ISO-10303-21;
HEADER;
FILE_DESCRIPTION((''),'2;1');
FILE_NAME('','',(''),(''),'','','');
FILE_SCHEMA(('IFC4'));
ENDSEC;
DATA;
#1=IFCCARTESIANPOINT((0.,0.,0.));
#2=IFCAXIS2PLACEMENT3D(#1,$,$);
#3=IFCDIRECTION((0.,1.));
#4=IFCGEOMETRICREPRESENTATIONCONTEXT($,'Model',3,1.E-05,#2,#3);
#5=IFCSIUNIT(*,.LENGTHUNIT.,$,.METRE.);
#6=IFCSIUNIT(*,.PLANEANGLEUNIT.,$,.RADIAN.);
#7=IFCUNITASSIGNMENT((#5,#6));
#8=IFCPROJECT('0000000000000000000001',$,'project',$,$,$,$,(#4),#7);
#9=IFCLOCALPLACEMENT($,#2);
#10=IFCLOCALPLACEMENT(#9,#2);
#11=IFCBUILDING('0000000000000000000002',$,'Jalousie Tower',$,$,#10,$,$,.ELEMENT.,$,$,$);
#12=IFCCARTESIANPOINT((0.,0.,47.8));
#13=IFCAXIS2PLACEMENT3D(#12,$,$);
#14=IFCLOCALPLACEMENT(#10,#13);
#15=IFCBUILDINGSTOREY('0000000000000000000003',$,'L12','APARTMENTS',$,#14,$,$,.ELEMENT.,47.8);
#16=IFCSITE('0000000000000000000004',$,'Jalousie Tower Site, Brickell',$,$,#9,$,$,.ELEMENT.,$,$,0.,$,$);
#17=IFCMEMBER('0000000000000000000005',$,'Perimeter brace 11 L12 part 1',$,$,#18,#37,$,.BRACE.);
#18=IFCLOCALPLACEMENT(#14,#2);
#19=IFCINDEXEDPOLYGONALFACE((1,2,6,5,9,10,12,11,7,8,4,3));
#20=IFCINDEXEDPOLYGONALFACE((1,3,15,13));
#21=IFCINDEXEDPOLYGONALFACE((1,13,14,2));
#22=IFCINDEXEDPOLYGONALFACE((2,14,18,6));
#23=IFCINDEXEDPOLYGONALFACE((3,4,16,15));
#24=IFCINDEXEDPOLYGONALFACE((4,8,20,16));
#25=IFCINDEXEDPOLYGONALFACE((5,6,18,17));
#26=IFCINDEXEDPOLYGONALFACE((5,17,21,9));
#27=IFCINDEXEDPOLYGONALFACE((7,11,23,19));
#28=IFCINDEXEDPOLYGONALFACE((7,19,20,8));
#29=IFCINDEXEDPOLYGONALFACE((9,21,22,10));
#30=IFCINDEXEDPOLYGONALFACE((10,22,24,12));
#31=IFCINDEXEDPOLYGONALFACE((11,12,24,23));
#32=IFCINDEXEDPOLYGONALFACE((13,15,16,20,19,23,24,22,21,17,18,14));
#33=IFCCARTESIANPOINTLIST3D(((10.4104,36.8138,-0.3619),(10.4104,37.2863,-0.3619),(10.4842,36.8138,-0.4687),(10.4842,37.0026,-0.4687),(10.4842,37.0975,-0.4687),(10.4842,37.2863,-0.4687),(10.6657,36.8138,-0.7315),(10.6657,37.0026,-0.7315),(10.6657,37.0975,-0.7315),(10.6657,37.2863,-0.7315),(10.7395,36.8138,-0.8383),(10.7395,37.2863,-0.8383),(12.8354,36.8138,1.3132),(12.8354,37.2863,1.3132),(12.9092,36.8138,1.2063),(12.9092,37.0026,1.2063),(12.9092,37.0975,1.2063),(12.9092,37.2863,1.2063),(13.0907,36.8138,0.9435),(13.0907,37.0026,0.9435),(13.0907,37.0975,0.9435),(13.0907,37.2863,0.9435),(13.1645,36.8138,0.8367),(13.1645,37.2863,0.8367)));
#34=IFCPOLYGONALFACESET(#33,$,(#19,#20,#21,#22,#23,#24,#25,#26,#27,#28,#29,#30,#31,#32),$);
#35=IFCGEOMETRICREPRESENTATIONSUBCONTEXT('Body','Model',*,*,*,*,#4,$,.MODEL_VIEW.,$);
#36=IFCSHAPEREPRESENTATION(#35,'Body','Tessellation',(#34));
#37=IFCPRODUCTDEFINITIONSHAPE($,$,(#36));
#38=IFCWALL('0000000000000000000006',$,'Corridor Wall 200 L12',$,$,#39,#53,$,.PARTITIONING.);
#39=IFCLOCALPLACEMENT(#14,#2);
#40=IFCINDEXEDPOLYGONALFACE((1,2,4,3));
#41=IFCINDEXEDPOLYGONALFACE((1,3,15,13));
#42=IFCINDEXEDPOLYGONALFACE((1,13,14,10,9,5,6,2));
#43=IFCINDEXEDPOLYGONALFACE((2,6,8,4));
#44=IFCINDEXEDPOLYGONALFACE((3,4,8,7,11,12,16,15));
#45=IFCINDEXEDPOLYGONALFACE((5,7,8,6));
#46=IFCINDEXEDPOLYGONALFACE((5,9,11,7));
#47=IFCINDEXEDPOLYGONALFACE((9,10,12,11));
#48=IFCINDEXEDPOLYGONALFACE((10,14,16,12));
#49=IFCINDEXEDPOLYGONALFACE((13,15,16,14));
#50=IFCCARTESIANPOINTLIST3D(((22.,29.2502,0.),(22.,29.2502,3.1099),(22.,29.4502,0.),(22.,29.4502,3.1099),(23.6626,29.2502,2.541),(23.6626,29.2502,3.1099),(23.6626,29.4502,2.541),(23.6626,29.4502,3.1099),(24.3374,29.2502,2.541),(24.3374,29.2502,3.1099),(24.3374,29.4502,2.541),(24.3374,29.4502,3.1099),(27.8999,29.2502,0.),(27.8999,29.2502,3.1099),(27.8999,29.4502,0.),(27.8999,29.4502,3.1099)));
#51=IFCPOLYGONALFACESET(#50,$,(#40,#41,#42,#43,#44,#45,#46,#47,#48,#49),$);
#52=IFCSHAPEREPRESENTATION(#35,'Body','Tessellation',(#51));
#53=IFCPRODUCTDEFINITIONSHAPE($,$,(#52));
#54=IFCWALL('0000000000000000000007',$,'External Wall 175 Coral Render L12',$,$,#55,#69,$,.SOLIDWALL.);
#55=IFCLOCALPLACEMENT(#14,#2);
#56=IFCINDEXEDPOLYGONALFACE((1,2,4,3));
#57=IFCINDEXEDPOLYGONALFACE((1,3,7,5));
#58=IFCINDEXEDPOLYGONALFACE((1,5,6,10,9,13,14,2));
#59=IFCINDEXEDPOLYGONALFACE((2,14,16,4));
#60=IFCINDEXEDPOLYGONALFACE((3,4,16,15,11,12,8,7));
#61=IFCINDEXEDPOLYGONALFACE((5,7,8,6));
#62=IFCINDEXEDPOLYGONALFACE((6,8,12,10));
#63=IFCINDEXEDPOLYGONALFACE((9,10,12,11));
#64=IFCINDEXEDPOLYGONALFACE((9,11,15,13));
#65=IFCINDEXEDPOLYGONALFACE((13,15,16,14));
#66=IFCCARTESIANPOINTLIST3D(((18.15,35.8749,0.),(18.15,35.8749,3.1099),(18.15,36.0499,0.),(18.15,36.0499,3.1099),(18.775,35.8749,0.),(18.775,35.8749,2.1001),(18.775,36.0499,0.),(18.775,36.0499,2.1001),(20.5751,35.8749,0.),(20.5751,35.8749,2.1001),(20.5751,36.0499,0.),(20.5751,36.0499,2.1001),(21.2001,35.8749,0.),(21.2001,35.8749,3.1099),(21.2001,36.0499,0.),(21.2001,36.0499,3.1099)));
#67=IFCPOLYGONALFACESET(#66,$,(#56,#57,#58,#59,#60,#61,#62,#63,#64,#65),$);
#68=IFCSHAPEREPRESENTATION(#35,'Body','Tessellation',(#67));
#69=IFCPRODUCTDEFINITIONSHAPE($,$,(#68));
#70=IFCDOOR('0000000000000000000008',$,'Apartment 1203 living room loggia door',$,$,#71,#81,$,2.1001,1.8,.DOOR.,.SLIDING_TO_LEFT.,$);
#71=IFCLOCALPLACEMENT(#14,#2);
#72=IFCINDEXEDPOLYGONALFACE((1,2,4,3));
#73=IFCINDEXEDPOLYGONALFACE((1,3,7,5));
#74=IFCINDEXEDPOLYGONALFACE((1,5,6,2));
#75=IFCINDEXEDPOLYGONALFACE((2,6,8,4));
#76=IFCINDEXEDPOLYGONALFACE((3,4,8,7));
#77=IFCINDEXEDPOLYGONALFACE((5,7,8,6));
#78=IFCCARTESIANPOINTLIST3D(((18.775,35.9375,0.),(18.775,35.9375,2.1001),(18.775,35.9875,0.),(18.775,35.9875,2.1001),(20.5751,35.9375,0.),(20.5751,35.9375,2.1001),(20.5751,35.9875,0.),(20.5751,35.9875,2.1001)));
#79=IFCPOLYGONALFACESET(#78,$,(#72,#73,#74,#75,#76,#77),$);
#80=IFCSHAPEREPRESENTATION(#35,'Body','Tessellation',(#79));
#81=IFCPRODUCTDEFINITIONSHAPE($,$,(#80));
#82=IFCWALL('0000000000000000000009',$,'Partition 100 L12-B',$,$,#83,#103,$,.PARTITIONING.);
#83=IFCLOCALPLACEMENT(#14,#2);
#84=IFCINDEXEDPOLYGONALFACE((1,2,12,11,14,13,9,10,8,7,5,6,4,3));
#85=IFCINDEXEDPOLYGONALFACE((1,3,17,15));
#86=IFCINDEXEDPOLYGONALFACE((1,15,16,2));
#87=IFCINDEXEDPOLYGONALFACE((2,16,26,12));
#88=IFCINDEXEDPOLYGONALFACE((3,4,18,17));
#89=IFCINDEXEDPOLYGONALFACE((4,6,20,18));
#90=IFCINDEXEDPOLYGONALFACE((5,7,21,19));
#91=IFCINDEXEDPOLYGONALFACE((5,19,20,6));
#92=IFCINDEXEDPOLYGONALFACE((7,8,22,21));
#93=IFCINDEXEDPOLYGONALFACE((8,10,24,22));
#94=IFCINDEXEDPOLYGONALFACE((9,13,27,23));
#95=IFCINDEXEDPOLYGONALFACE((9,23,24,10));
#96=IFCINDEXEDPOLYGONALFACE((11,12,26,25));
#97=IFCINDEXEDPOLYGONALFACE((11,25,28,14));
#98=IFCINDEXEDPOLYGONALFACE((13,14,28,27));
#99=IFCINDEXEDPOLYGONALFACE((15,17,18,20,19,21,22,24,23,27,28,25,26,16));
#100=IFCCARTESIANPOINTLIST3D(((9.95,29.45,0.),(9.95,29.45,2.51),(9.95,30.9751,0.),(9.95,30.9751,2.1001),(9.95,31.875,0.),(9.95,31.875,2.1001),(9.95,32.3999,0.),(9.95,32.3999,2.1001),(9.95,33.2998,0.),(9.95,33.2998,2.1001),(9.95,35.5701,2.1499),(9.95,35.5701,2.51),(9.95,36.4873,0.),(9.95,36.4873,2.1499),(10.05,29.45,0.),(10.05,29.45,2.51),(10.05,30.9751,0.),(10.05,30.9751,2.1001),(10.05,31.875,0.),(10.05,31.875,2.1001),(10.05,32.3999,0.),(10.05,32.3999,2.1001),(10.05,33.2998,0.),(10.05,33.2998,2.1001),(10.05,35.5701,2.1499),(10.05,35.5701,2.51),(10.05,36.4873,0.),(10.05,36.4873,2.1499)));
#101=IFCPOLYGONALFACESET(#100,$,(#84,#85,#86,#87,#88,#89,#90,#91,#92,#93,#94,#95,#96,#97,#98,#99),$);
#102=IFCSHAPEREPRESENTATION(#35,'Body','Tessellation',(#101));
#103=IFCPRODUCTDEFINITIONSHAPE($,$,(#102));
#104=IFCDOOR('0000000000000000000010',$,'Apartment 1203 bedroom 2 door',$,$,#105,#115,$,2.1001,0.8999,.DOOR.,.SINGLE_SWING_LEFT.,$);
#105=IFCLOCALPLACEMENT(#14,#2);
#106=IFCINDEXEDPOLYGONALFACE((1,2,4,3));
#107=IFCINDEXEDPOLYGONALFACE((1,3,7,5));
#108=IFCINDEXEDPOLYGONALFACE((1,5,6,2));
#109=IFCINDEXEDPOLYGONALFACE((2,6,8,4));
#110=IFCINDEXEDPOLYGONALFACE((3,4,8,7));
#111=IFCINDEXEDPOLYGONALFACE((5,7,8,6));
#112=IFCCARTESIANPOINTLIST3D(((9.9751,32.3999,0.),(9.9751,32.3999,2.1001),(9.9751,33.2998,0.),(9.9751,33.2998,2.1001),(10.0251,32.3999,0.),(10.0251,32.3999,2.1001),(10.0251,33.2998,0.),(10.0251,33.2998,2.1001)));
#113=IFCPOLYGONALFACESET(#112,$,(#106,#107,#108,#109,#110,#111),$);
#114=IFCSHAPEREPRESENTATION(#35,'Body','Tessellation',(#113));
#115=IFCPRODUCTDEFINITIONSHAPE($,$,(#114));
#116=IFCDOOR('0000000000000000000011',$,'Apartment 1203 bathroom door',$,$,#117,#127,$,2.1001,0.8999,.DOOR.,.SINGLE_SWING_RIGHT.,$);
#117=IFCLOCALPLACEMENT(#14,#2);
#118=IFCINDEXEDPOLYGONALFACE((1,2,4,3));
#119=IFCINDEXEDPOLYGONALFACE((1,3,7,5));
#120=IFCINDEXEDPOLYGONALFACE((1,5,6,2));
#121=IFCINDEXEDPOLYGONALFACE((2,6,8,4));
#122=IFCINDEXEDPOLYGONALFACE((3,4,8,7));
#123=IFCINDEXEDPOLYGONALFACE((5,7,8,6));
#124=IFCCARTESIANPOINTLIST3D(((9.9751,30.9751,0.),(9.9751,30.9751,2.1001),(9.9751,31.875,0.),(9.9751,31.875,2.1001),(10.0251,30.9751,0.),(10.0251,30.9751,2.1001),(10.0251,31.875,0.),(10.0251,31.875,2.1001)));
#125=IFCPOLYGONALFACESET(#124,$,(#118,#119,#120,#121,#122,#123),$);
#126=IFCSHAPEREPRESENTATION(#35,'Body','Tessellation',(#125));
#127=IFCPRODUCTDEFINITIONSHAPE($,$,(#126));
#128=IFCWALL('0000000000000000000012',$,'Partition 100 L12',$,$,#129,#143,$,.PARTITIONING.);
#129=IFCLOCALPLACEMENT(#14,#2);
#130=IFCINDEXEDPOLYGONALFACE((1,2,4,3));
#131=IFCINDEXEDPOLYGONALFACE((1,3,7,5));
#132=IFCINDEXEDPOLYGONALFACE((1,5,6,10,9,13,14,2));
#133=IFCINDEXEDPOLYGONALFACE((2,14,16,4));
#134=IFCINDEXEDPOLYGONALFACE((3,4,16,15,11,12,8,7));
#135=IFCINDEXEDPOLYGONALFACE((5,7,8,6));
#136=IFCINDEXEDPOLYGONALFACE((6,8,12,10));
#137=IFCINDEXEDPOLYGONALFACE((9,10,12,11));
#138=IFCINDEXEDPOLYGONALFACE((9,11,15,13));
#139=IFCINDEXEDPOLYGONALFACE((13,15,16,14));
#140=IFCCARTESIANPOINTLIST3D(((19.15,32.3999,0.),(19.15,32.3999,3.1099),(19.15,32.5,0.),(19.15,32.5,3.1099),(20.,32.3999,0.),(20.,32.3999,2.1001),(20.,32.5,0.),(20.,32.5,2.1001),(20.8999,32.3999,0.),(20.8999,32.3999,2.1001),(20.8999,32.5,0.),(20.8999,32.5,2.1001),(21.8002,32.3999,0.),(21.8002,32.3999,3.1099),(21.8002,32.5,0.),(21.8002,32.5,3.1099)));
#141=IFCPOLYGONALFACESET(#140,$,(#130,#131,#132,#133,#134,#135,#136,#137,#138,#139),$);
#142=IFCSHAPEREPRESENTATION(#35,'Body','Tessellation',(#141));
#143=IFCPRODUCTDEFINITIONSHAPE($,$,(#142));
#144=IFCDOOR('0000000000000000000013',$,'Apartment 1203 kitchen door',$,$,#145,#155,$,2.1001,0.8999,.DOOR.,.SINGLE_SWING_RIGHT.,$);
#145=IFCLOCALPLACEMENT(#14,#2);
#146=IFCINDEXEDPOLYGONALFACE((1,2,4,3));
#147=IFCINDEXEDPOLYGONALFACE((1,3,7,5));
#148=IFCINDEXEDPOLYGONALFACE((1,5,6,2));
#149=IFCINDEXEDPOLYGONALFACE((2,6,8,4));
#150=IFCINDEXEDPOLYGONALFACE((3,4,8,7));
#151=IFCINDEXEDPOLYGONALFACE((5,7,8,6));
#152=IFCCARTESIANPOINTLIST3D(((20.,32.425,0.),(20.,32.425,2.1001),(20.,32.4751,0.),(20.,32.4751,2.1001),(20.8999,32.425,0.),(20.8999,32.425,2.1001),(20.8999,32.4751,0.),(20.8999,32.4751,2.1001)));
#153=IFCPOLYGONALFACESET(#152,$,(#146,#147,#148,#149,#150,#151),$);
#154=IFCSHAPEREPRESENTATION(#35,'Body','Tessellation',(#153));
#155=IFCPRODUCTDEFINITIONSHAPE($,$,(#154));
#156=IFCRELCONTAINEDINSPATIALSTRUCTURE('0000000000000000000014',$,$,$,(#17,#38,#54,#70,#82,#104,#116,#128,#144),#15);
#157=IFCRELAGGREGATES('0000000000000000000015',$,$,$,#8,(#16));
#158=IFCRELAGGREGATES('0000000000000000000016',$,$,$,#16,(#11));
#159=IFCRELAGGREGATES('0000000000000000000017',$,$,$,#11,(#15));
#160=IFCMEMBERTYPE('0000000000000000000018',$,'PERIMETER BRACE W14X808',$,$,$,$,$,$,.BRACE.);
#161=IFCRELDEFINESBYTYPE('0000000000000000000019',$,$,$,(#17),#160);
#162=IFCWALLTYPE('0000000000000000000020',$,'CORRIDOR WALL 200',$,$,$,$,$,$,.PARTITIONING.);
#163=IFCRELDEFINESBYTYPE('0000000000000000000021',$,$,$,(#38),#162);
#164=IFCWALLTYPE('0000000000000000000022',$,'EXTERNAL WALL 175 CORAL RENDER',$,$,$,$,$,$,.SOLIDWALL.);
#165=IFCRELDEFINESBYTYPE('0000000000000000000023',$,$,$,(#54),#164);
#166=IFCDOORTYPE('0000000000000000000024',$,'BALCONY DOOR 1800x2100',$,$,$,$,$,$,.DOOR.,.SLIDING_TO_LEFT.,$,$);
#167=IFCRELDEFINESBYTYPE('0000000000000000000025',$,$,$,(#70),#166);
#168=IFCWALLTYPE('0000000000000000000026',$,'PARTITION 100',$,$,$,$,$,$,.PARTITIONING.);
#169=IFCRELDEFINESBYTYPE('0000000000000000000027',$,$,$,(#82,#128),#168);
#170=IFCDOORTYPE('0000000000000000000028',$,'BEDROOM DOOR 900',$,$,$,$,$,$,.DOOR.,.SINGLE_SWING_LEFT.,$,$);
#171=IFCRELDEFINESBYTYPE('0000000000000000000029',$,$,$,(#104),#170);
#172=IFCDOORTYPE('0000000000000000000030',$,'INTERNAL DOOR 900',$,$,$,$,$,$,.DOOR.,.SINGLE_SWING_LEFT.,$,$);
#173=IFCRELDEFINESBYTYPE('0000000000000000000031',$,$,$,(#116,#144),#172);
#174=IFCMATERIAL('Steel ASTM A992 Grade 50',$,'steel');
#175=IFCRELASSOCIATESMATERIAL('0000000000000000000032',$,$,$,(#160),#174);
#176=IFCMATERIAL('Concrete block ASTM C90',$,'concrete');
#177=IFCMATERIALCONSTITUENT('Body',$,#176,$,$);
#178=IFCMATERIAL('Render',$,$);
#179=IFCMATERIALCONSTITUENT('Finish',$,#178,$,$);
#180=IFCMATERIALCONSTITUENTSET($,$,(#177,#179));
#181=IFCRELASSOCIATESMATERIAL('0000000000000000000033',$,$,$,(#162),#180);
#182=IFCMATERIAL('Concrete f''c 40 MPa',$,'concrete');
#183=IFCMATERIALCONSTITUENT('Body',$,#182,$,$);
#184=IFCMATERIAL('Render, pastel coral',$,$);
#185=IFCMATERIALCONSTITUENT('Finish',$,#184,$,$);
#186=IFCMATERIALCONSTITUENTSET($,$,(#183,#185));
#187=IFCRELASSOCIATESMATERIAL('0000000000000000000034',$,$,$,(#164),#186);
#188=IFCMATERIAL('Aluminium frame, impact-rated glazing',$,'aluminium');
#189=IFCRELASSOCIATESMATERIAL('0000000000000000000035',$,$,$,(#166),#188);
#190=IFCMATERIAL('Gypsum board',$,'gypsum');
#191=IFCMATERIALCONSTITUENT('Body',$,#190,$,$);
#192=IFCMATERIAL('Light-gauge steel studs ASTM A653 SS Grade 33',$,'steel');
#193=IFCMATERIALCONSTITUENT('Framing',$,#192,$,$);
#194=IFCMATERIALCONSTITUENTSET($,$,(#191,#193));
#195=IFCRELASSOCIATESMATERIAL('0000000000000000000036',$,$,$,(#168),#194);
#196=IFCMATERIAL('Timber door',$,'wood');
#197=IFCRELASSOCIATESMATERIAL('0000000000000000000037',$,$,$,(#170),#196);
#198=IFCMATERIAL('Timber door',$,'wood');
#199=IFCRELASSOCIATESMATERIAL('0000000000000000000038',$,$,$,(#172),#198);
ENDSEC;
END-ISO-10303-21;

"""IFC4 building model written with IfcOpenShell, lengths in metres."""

from ifc_helpers import new_model, si_unit, direction, frame, frame_2d, origin, origin_2d, place, context, subcontext, project, spatial, polyline, rectangle, i_section, outline, extrude, material, constituent, constituent_set, material_profile, profile_set, type_object, element, fill, save


model = new_model("IFC4")

# Units and contexts
model_context = context("Model", 3, precision=1e-05, world=origin(), true_north=direction((0.0, 1.0)))
body_context = subcontext(model_context, "Body", "Model", "MODEL_VIEW")
ifc_project = project(units=[si_unit("LENGTHUNIT", "METRE"), si_unit("PLANEANGLEUNIT", "RADIAN")], contexts=[model_context])

# Site, building, storey
site_placement = place(None, origin())
site = spatial("IfcSite", under=ifc_project, at=site_placement, Name="Jalousie Tower Site, Brickell", CompositionType="ELEMENT", RefElevation=0.0)
building_placement = place(site_placement, origin())
building = spatial("IfcBuilding", under=site, at=building_placement, Name="Jalousie Tower", CompositionType="ELEMENT")
storey_placement = place(building_placement, frame((0.0, 0.0, 47.8)))
storey = spatial("IfcBuildingStorey", under=building, at=storey_placement, Name="L12", Description="APARTMENTS", CompositionType="ELEMENT", Elevation=47.8)

# Member
ifc_material_1 = material(Name="Steel ASTM A992 Grade 50", Category="steel")
ifc_material_profile = material_profile(ifc_material_1, i_section(OverallWidth=0.4724, OverallDepth=0.5791, WebThickness=0.095, FlangeThickness=0.1299, at=origin_2d()), Name="W14X808")
ifc_profile_set = profile_set([ifc_material_profile], Name="Steel ASTM A992 Grade 50")
member_type = type_object("IfcMemberType", Name="PERIMETER BRACE W14X808", PredefinedType="BRACE", material=ifc_profile_set)
member_placement = place(storey_placement, frame((10.575, 37.05, -0.6001), z_axis=(0.8228, 0.0, 0.568331), x_axis=(0.0, 1.0, 0.0)))
element("IfcMember", 1, at=member_placement, inside=storey, type_object=member_type, Name="Perimeter brace 11 L12 part 1", PredefinedType="BRACE", context=body_context, shape_type="SweptSolid", body=[
    extrude(i_section(OverallWidth=0.4724, OverallDepth=0.5791, WebThickness=0.095, FlangeThickness=0.1299, at=origin_2d()), origin(), (0.0, 0.0, 1.0), 2.9473),
])

# Wall
ifc_material_2 = material(Name="Concrete block ASTM C90", Category="concrete")
ifc_constituent_1 = constituent(ifc_material_2, Name="Body")
ifc_material_3 = material(Name="Render")
ifc_constituent_2 = constituent(ifc_material_3, Name="Finish")
ifc_constituent_set_1 = constituent_set(constituents=[ifc_constituent_1, ifc_constituent_2])
wall_type_1 = type_object("IfcWallType", Name="CORRIDOR WALL 200", PredefinedType="PARTITIONING", material=ifc_constituent_set_1)
wall_1_placement = place(storey_placement, frame((22.0, 29.3501, 0.0), z_axis=(0.0, 0.0, 1.0), x_axis=(1.0, 0.0, 0.0)))
element("IfcWall", 2, at=wall_1_placement, inside=storey, type_object=wall_type_1, Name="Corridor Wall 200 L12", PredefinedType="PARTITIONING", context=body_context, shape_type="SweptSolid", body=[
    extrude(outline(polyline([(0.0, 0.0), (5.8999, 0.0), (5.8999, 3.1099), (2.3374, 3.1099), (2.3374, 2.541), (1.6626, 2.541), (1.6626, 3.1099), (0.0, 3.1099), (0.0, 0.0)])), frame((0.0, 0.1001, 0.0), z_axis=(0.0, -1.0, 0.0), x_axis=(1.0, 0.0, 0.0)), (0.0, 0.0, 1.0), 0.2),
])

# Wall, opening, door
ifc_material_4 = material(Name="Concrete f'c 40 MPa", Category="concrete")
ifc_constituent_3 = constituent(ifc_material_4, Name="Body")
ifc_material_5 = material(Name="Render, pastel coral")
ifc_constituent_4 = constituent(ifc_material_5, Name="Finish")
ifc_constituent_set_2 = constituent_set(constituents=[ifc_constituent_3, ifc_constituent_4])
wall_type_2 = type_object("IfcWallType", Name="EXTERNAL WALL 175 CORAL RENDER", PredefinedType="SOLIDWALL", material=ifc_constituent_set_2)
wall_2_placement = place(storey_placement, frame((21.2, 35.9624, 0.0), z_axis=(0.0, 0.0, 1.0), x_axis=(-1.0, 0.0, 0.0)))
wall_2 = element("IfcWall", 3, at=wall_2_placement, inside=storey, type_object=wall_type_2, Name="External Wall 175 Coral Render L12", PredefinedType="SOLIDWALL", context=body_context, shape_type="SweptSolid", body=[
    extrude(rectangle(XDim=3.05, YDim=0.175, at=frame_2d((1.5249, 0.0))), origin(), (0.0, 0.0, 1.0), 3.1099),
])
opening_1_placement = place(wall_2_placement, frame((0.625, 0.0, 0.0)))
opening_1 = element("IfcOpeningElement", 4, at=opening_1_placement, cuts=wall_2, PredefinedType="OPENING", context=body_context, shape_type="SweptSolid", body=[
    extrude(rectangle(XDim=1.8, YDim=2.1001, at=frame_2d((0.8999, 1.05))), frame((0.0, 0.0974, 0.0), z_axis=(0.0, -1.0, 0.0), x_axis=(1.0, 0.0, 0.0)), (0.0, 0.0, 1.0), 0.1951),
])
ifc_material_6 = material(Name="Aluminium frame, impact-rated glazing", Category="aluminium")
door_type_1 = type_object("IfcDoorType", Name="BALCONY DOOR 1800x2100", OperationType="SLIDING_TO_LEFT", PredefinedType="DOOR", material=ifc_material_6)
door_1_placement = place(opening_1_placement, origin())
door_1 = element("IfcDoor", 5, at=door_1_placement, inside=storey, type_object=door_type_1, Name="Apartment 1203 living room loggia door", OperationType="SLIDING_TO_LEFT", OverallHeight=2.1001, OverallWidth=1.8, PredefinedType="DOOR", context=body_context, shape_type="SweptSolid", body=[
    extrude(rectangle(XDim=1.8, YDim=2.1001, at=frame_2d((0.8999, 1.05))), frame((0.0, 0.0249, 0.0), z_axis=(0.0, -1.0, 0.0), x_axis=(1.0, 0.0, 0.0)), (0.0, 0.0, 1.0), 0.05),
])
fill(opening_1, door_1)

# Wall, openings, doors
ifc_material_7 = material(Name="Gypsum board", Category="gypsum")
ifc_constituent_5 = constituent(ifc_material_7, Name="Body")
ifc_material_8 = material(Name="Light-gauge steel studs ASTM A653 SS Grade 33", Category="steel")
ifc_constituent_6 = constituent(ifc_material_8, Name="Framing")
ifc_constituent_set_3 = constituent_set(constituents=[ifc_constituent_5, ifc_constituent_6])
wall_type_3 = type_object("IfcWallType", Name="PARTITION 100", PredefinedType="PARTITIONING", material=ifc_constituent_set_3)
wall_3_placement = place(storey_placement, frame((10.0, 36.4873, 0.0), z_axis=(0.0, 0.0, 1.0), x_axis=(0.0, -1.0, 0.0)))
wall_3 = element("IfcWall", 6, at=wall_3_placement, inside=storey, type_object=wall_type_3, Name="Partition 100 L12-B", PredefinedType="PARTITIONING", context=body_context, shape_type="SweptSolid", body=[
    extrude(outline(polyline([(0.0, 0.0), (7.0374, 0.0), (7.0374, 2.51), (0.9172, 2.51), (0.9172, 2.1499), (0.0, 2.1499), (0.0, 0.0)])), frame((0.0, 0.05, 0.0), z_axis=(0.0, -1.0, 0.0), x_axis=(1.0, 0.0, 0.0)), (0.0, 0.0, 1.0), 0.1001),
])
opening_2_placement = place(wall_3_placement, frame((3.1875, 0.0, 0.0)))
opening_2 = element("IfcOpeningElement", 7, at=opening_2_placement, cuts=wall_3, PredefinedType="OPENING", context=body_context, shape_type="SweptSolid", body=[
    extrude(rectangle(XDim=0.8999, YDim=2.1001, at=frame_2d((0.45, 1.05))), frame((0.0, 0.0601, 0.0), z_axis=(0.0, -1.0, 0.0), x_axis=(1.0, 0.0, 0.0)), (0.0, 0.0, 1.0), 0.1201),
])
opening_3_placement = place(wall_3_placement, frame((4.6123, 0.0, 0.0)))
opening_3 = element("IfcOpeningElement", 8, at=opening_3_placement, cuts=wall_3, PredefinedType="OPENING", context=body_context, shape_type="SweptSolid", body=[
    extrude(rectangle(XDim=0.8999, YDim=2.1001, at=frame_2d((0.45, 1.05))), frame((0.0, 0.0601, 0.0), z_axis=(0.0, -1.0, 0.0), x_axis=(1.0, 0.0, 0.0)), (0.0, 0.0, 1.0), 0.1201),
])
ifc_material_9 = material(Name="Timber door", Category="wood")
door_type_2 = type_object("IfcDoorType", Name="BEDROOM DOOR 900", OperationType="SINGLE_SWING_LEFT", PredefinedType="DOOR", material=ifc_material_9)
door_2_placement = place(opening_2_placement, frame((0.8999, 0.0, 0.0), z_axis=(0.0, 0.0, 1.0), x_axis=(-1.0, 0.0, 0.0)))
door_2 = element("IfcDoor", 9, at=door_2_placement, inside=storey, type_object=door_type_2, Name="Apartment 1203 bedroom 2 door", OperationType="SINGLE_SWING_LEFT", OverallHeight=2.1001, OverallWidth=0.8999, PredefinedType="DOOR", context=body_context, shape_type="SweptSolid", body=[
    extrude(rectangle(XDim=0.8999, YDim=2.1001, at=frame_2d((0.45, 1.05))), frame((0.0, 0.0249, 0.0), z_axis=(0.0, -1.0, 0.0), x_axis=(1.0, 0.0, 0.0)), (0.0, 0.0, 1.0), 0.05),
])
fill(opening_2, door_2)
ifc_material_10 = material(Name="Timber door", Category="wood")
door_type_3 = type_object("IfcDoorType", Name="INTERNAL DOOR 900", OperationType="SINGLE_SWING_LEFT", PredefinedType="DOOR", material=ifc_material_10)
door_3_placement = place(opening_3_placement, frame((0.8999, 0.0, 0.0), z_axis=(0.0, 0.0, 1.0), x_axis=(-1.0, 0.0, 0.0)))
door_3 = element("IfcDoor", 10, at=door_3_placement, inside=storey, type_object=door_type_3, Name="Apartment 1203 bathroom door", OperationType="SINGLE_SWING_RIGHT", OverallHeight=2.1001, OverallWidth=0.8999, PredefinedType="DOOR", context=body_context, shape_type="SweptSolid", body=[
    extrude(rectangle(XDim=0.8999, YDim=2.1001, at=frame_2d((0.45, 1.05))), frame((0.0, 0.0249, 0.0), z_axis=(0.0, -1.0, 0.0), x_axis=(1.0, 0.0, 0.0)), (0.0, 0.0, 1.0), 0.05),
])
fill(opening_3, door_3)

# Wall, opening, door
wall_4_placement = place(storey_placement, frame((19.1499, 32.45, 0.0), z_axis=(0.0, 0.0, 1.0), x_axis=(1.0, 0.0, 0.0)))
wall_4 = element("IfcWall", 11, at=wall_4_placement, inside=storey, type_object=wall_type_3, Name="Partition 100 L12", PredefinedType="PARTITIONING", context=body_context, shape_type="SweptSolid", body=[
    extrude(rectangle(XDim=2.6501, YDim=0.1001, at=frame_2d((1.3252, 0.0))), origin(), (0.0, 0.0, 1.0), 3.1099),
])
opening_4_placement = place(wall_4_placement, frame((0.8501, 0.0, 0.0)))
opening_4 = element("IfcOpeningElement", 12, at=opening_4_placement, cuts=wall_4, PredefinedType="OPENING", context=body_context, shape_type="SweptSolid", body=[
    extrude(rectangle(XDim=0.8999, YDim=2.1001, at=frame_2d((0.45, 1.05))), frame((0.0, 0.0601, 0.0), z_axis=(0.0, -1.0, 0.0), x_axis=(1.0, 0.0, 0.0)), (0.0, 0.0, 1.0), 0.1201),
])
door_4_placement = place(opening_4_placement, frame((0.8999, 0.0, 0.0), z_axis=(0.0, 0.0, 1.0), x_axis=(-1.0, 0.0, 0.0)))
door_4 = element("IfcDoor", 13, at=door_4_placement, inside=storey, type_object=door_type_3, Name="Apartment 1203 kitchen door", OperationType="SINGLE_SWING_RIGHT", OverallHeight=2.1001, OverallWidth=0.8999, PredefinedType="DOOR", context=body_context, shape_type="SweptSolid", body=[
    extrude(rectangle(XDim=0.8999, YDim=2.1001, at=frame_2d((0.45, 1.05))), frame((0.0, 0.0249, 0.0), z_axis=(0.0, -1.0, 0.0), x_axis=(1.0, 0.0, 0.0)), (0.0, 0.0, 1.0), 0.05),
])
fill(opening_4, door_4)

save(model, "model.ifc")
